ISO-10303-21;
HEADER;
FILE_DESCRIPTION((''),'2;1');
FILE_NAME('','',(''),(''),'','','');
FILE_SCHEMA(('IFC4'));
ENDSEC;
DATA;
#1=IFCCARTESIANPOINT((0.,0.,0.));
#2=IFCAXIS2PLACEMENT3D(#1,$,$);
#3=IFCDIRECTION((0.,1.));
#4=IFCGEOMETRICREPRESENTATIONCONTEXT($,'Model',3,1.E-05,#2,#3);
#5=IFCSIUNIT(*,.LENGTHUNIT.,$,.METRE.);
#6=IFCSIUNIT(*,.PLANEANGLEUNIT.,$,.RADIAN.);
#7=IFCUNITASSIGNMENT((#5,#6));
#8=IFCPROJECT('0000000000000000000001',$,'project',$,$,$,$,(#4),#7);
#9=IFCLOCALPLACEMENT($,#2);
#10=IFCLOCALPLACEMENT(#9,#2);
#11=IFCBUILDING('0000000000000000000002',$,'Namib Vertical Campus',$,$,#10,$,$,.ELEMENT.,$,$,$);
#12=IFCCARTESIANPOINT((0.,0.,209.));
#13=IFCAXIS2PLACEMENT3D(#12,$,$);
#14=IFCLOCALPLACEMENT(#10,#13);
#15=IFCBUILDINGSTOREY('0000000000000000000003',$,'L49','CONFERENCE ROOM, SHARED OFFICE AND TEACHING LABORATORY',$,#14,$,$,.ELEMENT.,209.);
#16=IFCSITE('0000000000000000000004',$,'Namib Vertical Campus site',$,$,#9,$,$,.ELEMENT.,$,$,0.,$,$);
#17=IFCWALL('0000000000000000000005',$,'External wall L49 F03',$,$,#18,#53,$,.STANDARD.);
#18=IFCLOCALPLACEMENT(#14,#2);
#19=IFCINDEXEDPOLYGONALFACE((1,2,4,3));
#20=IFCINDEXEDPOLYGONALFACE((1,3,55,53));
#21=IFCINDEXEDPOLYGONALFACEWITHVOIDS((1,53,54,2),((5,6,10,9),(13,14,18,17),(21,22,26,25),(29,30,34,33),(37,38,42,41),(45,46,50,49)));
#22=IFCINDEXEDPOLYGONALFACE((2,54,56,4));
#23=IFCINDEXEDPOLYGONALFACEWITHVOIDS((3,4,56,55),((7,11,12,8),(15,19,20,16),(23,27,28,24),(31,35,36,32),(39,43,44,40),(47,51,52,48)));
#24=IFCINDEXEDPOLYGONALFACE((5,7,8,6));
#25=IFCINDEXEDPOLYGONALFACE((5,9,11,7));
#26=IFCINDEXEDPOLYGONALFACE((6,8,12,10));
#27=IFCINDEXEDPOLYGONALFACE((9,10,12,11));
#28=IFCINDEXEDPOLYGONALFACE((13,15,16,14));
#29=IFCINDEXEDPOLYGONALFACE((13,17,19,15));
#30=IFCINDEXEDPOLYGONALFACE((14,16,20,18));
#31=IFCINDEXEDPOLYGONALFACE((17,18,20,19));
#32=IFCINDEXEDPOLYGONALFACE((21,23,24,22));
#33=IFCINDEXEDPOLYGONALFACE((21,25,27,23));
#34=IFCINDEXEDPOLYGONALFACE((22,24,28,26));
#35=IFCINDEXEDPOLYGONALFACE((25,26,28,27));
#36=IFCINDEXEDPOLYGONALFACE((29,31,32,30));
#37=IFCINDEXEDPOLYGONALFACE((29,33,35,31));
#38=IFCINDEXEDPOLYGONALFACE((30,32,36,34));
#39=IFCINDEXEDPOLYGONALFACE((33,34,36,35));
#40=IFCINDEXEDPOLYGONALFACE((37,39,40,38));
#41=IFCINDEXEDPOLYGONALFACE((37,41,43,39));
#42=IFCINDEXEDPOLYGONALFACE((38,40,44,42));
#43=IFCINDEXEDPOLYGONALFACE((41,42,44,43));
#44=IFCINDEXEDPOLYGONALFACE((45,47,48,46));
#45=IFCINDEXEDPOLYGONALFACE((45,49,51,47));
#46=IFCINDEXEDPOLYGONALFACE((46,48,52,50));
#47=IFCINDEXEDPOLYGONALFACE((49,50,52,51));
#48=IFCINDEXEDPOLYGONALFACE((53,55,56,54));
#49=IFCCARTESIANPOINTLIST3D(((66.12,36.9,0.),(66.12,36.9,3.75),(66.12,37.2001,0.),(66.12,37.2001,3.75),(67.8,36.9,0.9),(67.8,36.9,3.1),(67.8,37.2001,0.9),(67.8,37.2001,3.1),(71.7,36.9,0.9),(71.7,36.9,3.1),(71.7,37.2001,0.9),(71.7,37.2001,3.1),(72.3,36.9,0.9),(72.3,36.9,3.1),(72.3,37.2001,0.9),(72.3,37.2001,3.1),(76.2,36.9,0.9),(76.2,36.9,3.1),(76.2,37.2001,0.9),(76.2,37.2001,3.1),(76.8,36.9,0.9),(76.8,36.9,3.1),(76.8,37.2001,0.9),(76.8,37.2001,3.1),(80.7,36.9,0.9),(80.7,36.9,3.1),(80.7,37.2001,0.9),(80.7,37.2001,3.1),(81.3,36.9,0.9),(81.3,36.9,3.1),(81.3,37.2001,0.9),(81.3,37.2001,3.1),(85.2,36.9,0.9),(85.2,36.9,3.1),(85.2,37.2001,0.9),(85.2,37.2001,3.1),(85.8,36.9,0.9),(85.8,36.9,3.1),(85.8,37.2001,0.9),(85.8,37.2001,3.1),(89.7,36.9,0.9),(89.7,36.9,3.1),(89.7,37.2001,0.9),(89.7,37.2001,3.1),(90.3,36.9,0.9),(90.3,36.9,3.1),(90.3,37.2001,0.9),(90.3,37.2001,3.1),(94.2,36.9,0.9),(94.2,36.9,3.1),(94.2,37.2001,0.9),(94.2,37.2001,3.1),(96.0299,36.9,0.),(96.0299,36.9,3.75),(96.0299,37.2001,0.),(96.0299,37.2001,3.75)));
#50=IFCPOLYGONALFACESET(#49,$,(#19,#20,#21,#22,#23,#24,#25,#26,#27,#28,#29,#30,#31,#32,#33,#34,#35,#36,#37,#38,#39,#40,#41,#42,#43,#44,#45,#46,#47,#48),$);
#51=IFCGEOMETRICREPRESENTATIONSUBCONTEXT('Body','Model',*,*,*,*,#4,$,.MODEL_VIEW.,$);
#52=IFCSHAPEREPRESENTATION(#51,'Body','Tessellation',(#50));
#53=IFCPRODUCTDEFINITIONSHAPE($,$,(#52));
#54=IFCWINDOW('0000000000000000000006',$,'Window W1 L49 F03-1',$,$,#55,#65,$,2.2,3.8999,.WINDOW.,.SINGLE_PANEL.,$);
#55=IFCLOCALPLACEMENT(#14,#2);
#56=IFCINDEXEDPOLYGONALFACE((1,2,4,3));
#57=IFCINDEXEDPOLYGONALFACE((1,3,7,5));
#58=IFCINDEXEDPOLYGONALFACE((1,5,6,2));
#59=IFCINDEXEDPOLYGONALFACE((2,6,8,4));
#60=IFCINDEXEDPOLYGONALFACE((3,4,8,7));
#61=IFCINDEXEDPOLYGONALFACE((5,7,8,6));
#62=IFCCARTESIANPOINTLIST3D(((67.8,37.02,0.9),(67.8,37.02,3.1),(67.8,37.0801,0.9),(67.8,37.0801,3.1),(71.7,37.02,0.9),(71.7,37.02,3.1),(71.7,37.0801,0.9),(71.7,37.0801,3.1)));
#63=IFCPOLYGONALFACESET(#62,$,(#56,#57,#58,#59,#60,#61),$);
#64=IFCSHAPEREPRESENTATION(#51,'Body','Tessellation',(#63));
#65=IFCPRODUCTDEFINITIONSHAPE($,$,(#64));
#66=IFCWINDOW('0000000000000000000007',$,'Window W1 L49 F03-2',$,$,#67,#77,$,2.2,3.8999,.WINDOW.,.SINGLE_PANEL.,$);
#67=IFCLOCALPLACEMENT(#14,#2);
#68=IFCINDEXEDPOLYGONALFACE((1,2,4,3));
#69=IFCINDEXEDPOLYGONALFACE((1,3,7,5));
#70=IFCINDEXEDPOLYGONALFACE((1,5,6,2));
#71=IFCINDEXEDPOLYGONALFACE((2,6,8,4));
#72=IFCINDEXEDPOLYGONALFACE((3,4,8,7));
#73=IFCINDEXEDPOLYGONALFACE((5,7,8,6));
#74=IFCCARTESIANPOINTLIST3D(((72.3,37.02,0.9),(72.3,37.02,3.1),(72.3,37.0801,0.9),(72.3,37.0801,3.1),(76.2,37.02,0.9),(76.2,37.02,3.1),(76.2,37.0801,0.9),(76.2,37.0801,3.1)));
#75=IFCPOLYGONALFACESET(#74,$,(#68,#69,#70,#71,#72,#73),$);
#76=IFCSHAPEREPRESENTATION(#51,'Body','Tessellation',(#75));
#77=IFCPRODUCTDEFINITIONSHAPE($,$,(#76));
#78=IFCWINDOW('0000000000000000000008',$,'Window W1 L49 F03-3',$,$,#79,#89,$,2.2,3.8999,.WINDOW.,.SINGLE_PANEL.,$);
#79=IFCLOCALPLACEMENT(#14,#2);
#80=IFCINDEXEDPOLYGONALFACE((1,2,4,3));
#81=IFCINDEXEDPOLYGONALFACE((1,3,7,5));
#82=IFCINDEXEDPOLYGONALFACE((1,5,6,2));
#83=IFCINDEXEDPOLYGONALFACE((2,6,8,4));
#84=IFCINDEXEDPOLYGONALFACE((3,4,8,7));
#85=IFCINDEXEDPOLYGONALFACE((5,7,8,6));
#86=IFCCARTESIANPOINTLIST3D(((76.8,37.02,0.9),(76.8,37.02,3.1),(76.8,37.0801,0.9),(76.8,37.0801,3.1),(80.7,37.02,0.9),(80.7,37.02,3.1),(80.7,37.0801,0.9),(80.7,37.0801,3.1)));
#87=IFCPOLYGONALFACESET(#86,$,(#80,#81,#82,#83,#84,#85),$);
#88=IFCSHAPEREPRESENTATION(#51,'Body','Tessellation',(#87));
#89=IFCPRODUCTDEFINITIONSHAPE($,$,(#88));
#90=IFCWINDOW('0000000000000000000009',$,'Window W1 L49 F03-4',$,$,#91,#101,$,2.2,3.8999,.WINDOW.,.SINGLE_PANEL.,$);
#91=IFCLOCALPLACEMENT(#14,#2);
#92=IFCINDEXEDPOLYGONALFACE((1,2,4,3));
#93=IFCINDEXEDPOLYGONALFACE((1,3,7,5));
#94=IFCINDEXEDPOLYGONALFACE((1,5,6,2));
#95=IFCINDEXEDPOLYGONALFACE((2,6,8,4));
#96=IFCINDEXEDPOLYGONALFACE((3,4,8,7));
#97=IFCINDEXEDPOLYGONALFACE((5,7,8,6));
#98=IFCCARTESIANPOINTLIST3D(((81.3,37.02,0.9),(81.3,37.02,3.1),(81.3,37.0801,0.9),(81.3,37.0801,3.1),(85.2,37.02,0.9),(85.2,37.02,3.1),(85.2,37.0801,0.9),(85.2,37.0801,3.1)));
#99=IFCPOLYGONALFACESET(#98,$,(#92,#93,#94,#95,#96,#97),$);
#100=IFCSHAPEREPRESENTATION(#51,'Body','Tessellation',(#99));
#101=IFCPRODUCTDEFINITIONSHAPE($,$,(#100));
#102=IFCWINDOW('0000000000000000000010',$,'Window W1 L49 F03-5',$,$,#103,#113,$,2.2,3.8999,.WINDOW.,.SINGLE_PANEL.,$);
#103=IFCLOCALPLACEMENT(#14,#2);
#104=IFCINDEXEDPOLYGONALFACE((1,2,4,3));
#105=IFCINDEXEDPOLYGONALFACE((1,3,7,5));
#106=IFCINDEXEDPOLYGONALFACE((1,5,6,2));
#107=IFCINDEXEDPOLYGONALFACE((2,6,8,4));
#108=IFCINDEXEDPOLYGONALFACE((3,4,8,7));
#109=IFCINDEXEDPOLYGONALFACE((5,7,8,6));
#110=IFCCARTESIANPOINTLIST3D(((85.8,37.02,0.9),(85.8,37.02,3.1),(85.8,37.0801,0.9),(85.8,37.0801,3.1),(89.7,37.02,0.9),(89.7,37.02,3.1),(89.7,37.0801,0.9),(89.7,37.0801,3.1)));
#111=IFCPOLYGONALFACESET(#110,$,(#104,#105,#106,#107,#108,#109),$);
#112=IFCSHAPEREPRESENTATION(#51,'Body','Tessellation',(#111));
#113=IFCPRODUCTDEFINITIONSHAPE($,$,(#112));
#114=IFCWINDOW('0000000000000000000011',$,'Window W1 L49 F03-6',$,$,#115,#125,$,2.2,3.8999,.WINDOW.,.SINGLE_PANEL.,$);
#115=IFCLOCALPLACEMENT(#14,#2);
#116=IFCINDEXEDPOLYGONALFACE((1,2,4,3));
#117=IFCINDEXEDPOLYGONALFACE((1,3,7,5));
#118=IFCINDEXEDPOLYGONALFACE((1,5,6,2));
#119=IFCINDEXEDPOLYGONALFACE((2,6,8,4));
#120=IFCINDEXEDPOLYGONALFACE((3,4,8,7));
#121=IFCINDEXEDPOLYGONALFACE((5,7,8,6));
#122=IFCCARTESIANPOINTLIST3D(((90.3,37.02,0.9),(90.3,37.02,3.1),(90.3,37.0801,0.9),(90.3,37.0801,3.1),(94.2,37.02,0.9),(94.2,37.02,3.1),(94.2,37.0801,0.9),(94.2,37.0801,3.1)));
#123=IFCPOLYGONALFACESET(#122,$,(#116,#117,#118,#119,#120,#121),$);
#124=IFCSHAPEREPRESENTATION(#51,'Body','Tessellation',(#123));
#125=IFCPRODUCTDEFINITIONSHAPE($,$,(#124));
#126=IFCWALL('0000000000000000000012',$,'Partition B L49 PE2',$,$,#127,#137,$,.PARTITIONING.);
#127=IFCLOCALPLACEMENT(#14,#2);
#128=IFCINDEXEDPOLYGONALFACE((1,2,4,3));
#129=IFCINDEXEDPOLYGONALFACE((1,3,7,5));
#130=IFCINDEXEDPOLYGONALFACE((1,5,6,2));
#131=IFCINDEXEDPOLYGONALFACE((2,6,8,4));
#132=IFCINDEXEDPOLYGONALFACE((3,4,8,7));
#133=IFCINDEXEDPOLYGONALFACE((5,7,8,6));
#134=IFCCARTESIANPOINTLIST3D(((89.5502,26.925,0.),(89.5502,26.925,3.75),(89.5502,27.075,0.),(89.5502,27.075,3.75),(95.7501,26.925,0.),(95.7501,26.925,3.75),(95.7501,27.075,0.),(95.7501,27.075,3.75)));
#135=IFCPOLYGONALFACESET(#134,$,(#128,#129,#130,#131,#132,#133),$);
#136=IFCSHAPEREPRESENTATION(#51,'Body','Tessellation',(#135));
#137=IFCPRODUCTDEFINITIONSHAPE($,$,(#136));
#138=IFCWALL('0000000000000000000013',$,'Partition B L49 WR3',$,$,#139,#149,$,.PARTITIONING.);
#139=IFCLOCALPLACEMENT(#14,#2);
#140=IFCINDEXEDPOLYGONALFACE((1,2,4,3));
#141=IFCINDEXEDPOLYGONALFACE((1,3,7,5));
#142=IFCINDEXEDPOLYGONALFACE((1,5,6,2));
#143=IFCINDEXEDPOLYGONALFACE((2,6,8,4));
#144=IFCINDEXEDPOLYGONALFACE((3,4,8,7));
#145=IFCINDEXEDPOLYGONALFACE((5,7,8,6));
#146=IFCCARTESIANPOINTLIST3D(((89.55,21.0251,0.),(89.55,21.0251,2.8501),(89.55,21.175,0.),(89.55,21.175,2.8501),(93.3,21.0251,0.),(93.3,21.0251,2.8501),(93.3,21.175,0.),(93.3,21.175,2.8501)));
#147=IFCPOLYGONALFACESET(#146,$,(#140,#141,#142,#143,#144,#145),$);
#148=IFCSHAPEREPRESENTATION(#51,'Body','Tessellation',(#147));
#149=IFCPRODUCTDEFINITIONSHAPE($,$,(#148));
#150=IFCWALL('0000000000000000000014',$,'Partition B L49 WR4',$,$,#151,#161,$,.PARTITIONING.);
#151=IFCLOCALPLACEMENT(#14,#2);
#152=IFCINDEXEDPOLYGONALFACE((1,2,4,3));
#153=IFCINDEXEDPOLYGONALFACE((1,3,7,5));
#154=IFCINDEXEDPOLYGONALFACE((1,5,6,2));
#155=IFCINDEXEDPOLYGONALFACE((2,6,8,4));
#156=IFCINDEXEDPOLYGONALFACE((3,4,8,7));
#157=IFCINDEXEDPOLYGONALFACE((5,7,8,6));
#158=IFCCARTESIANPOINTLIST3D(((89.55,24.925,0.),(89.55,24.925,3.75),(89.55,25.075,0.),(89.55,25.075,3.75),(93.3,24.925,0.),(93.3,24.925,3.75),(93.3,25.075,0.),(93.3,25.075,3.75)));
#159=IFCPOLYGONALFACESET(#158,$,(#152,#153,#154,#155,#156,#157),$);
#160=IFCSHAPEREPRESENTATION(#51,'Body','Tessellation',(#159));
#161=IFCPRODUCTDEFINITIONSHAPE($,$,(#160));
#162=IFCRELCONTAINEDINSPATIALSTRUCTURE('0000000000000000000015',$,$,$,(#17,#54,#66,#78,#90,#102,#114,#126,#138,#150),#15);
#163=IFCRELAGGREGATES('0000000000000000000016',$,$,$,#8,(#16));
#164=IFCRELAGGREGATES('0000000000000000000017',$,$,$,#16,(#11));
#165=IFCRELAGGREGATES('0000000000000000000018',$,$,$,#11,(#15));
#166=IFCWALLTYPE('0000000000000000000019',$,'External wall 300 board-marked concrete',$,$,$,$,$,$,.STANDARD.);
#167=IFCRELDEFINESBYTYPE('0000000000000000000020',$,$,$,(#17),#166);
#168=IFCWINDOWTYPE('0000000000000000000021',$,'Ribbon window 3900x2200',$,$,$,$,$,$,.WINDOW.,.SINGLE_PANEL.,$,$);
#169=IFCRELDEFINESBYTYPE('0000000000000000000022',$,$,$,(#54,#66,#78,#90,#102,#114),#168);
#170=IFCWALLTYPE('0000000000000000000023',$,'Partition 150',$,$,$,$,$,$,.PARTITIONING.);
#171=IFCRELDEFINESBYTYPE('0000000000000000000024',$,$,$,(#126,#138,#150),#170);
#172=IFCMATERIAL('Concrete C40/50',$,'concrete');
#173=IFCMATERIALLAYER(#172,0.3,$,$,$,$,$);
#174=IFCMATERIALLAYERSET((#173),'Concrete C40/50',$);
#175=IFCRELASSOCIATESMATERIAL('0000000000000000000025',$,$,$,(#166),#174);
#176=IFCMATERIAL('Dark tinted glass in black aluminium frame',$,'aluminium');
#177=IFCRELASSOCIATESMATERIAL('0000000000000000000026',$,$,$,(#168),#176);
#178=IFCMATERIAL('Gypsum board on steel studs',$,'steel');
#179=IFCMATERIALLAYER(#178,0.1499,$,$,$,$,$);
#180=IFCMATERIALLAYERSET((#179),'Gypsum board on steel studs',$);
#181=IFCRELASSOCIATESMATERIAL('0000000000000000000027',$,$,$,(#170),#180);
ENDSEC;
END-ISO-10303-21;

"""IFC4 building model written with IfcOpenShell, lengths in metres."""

from ifc_helpers import new_model, si_unit, direction, frame, frame_2d, origin, place, context, subcontext, project, spatial, rectangle, extrude, material, layer, layer_set, type_object, element, fill, save


model = new_model("IFC4")

# Units and contexts
model_context = context("Model", 3, precision=1e-05, world=origin(), true_north=direction((0.0, 1.0)))
body_context = subcontext(model_context, "Body", "Model", "MODEL_VIEW")
ifc_project = project(units=[si_unit("LENGTHUNIT", "METRE"), si_unit("PLANEANGLEUNIT", "RADIAN")], contexts=[model_context])

# Site, building, storey
site_placement = place(None, origin())
site = spatial("IfcSite", under=ifc_project, at=site_placement, Name="Namib Vertical Campus site", CompositionType="ELEMENT", RefElevation=0.0)
building_placement = place(site_placement, origin())
building = spatial("IfcBuilding", under=site, at=building_placement, Name="Namib Vertical Campus", CompositionType="ELEMENT")
storey_placement = place(building_placement, frame((0.0, 0.0, 209.0)))
storey = spatial("IfcBuildingStorey", under=building, at=storey_placement, Name="L49", Description="CONFERENCE ROOM, SHARED OFFICE AND TEACHING LABORATORY", CompositionType="ELEMENT", Elevation=209.0)

# Wall, openings, windows
ifc_material_1 = material(Name="Concrete C40/50", Category="concrete")
ifc_layer_1 = layer(ifc_material_1, 0.3)
ifc_layer_set_1 = layer_set([ifc_layer_1], Name="Concrete C40/50")
wall_type_1 = type_object("IfcWallType", Name="External wall 300 board-marked concrete", PredefinedType="STANDARD", material=ifc_layer_set_1)
wall_1_placement = place(storey_placement, frame((96.03, 37.05, 0.0), z_axis=(0.0, 0.0, 1.0), x_axis=(-1.0, 0.0, 0.0)))
wall_1 = element("IfcWall", 1, at=wall_1_placement, inside=storey, type_object=wall_type_1, Name="External wall L49 F03", PredefinedType="STANDARD", context=body_context, shape_type="SweptSolid", body=[
    extrude(rectangle(XDim=29.9099, YDim=0.3, at=frame_2d((14.9551, 0.0))), origin(), (0.0, 0.0, 1.0), 3.75),
])
opening_1_placement = place(wall_1_placement, frame((24.3301, 0.0, 0.8999)))
opening_1 = element("IfcOpeningElement", 2, at=opening_1_placement, cuts=wall_1, PredefinedType="OPENING", context=body_context, shape_type="SweptSolid", body=[
    extrude(rectangle(XDim=3.8999, YDim=2.2, at=frame_2d((1.95, 1.1001))), frame((0.0, 0.1599, 0.0), z_axis=(0.0, -1.0, 0.0), x_axis=(1.0, 0.0, 0.0)), (0.0, 0.0, 1.0), 0.3201),
])
opening_2_placement = place(wall_1_placement, frame((19.8301, 0.0, 0.8999)))
opening_2 = element("IfcOpeningElement", 3, at=opening_2_placement, cuts=wall_1, PredefinedType="OPENING", context=body_context, shape_type="SweptSolid", body=[
    extrude(rectangle(XDim=3.8999, YDim=2.2, at=frame_2d((1.95, 1.1001))), frame((0.0, 0.1599, 0.0), z_axis=(0.0, -1.0, 0.0), x_axis=(1.0, 0.0, 0.0)), (0.0, 0.0, 1.0), 0.3201),
])
opening_3_placement = place(wall_1_placement, frame((15.3301, 0.0, 0.8999)))
opening_3 = element("IfcOpeningElement", 4, at=opening_3_placement, cuts=wall_1, PredefinedType="OPENING", context=body_context, shape_type="SweptSolid", body=[
    extrude(rectangle(XDim=3.8999, YDim=2.2, at=frame_2d((1.95, 1.1001))), frame((0.0, 0.1599, 0.0), z_axis=(0.0, -1.0, 0.0), x_axis=(1.0, 0.0, 0.0)), (0.0, 0.0, 1.0), 0.3201),
])
opening_4_placement = place(wall_1_placement, frame((10.8301, 0.0, 0.8999)))
opening_4 = element("IfcOpeningElement", 5, at=opening_4_placement, cuts=wall_1, PredefinedType="OPENING", context=body_context, shape_type="SweptSolid", body=[
    extrude(rectangle(XDim=3.8999, YDim=2.2, at=frame_2d((1.95, 1.1001))), frame((0.0, 0.1599, 0.0), z_axis=(0.0, -1.0, 0.0), x_axis=(1.0, 0.0, 0.0)), (0.0, 0.0, 1.0), 0.3201),
])
opening_5_placement = place(wall_1_placement, frame((6.3301, 0.0, 0.8999)))
opening_5 = element("IfcOpeningElement", 6, at=opening_5_placement, cuts=wall_1, PredefinedType="OPENING", context=body_context, shape_type="SweptSolid", body=[
    extrude(rectangle(XDim=3.8999, YDim=2.2, at=frame_2d((1.95, 1.1001))), frame((0.0, 0.1599, 0.0), z_axis=(0.0, -1.0, 0.0), x_axis=(1.0, 0.0, 0.0)), (0.0, 0.0, 1.0), 0.3201),
])
opening_6_placement = place(wall_1_placement, frame((1.8301, 0.0, 0.8999)))
opening_6 = element("IfcOpeningElement", 7, at=opening_6_placement, cuts=wall_1, PredefinedType="OPENING", context=body_context, shape_type="SweptSolid", body=[
    extrude(rectangle(XDim=3.8999, YDim=2.2, at=frame_2d((1.95, 1.1001))), frame((0.0, 0.1599, 0.0), z_axis=(0.0, -1.0, 0.0), x_axis=(1.0, 0.0, 0.0)), (0.0, 0.0, 1.0), 0.3201),
])
ifc_material_2 = material(Name="Dark tinted glass in black aluminium frame", Category="aluminium")
window_type = type_object("IfcWindowType", Name="Ribbon window 3900x2200", PartitioningType="SINGLE_PANEL", PredefinedType="WINDOW", material=ifc_material_2)
window_1_placement = place(opening_1_placement, origin())
window_1 = element("IfcWindow", 8, at=window_1_placement, inside=storey, type_object=window_type, Name="Window W1 L49 F03-1", OverallHeight=2.2, OverallWidth=3.8999, PartitioningType="SINGLE_PANEL", PredefinedType="WINDOW", context=body_context, shape_type="SweptSolid", body=[
    extrude(rectangle(XDim=3.8999, YDim=2.2, at=frame_2d((1.95, 1.1001))), frame((0.0, 0.03, 0.0), z_axis=(0.0, -1.0, 0.0), x_axis=(1.0, 0.0, 0.0)), (0.0, 0.0, 1.0), 0.0601),
])
fill(opening_1, window_1)
window_2_placement = place(opening_2_placement, origin())
window_2 = element("IfcWindow", 9, at=window_2_placement, inside=storey, type_object=window_type, Name="Window W1 L49 F03-2", OverallHeight=2.2, OverallWidth=3.8999, PartitioningType="SINGLE_PANEL", PredefinedType="WINDOW", context=body_context, shape_type="SweptSolid", body=[
    extrude(rectangle(XDim=3.8999, YDim=2.2, at=frame_2d((1.95, 1.1001))), frame((0.0, 0.03, 0.0), z_axis=(0.0, -1.0, 0.0), x_axis=(1.0, 0.0, 0.0)), (0.0, 0.0, 1.0), 0.0601),
])
fill(opening_2, window_2)
window_3_placement = place(opening_3_placement, origin())
window_3 = element("IfcWindow", 10, at=window_3_placement, inside=storey, type_object=window_type, Name="Window W1 L49 F03-3", OverallHeight=2.2, OverallWidth=3.8999, PartitioningType="SINGLE_PANEL", PredefinedType="WINDOW", context=body_context, shape_type="SweptSolid", body=[
    extrude(rectangle(XDim=3.8999, YDim=2.2, at=frame_2d((1.95, 1.1001))), frame((0.0, 0.03, 0.0), z_axis=(0.0, -1.0, 0.0), x_axis=(1.0, 0.0, 0.0)), (0.0, 0.0, 1.0), 0.0601),
])
fill(opening_3, window_3)
window_4_placement = place(opening_4_placement, origin())
window_4 = element("IfcWindow", 11, at=window_4_placement, inside=storey, type_object=window_type, Name="Window W1 L49 F03-4", OverallHeight=2.2, OverallWidth=3.8999, PartitioningType="SINGLE_PANEL", PredefinedType="WINDOW", context=body_context, shape_type="SweptSolid", body=[
    extrude(rectangle(XDim=3.8999, YDim=2.2, at=frame_2d((1.95, 1.1001))), frame((0.0, 0.03, 0.0), z_axis=(0.0, -1.0, 0.0), x_axis=(1.0, 0.0, 0.0)), (0.0, 0.0, 1.0), 0.0601),
])
fill(opening_4, window_4)
window_5_placement = place(opening_5_placement, origin())
window_5 = element("IfcWindow", 12, at=window_5_placement, inside=storey, type_object=window_type, Name="Window W1 L49 F03-5", OverallHeight=2.2, OverallWidth=3.8999, PartitioningType="SINGLE_PANEL", PredefinedType="WINDOW", context=body_context, shape_type="SweptSolid", body=[
    extrude(rectangle(XDim=3.8999, YDim=2.2, at=frame_2d((1.95, 1.1001))), frame((0.0, 0.03, 0.0), z_axis=(0.0, -1.0, 0.0), x_axis=(1.0, 0.0, 0.0)), (0.0, 0.0, 1.0), 0.0601),
])
fill(opening_5, window_5)
window_6_placement = place(opening_6_placement, origin())
window_6 = element("IfcWindow", 13, at=window_6_placement, inside=storey, type_object=window_type, Name="Window W1 L49 F03-6", OverallHeight=2.2, OverallWidth=3.8999, PartitioningType="SINGLE_PANEL", PredefinedType="WINDOW", context=body_context, shape_type="SweptSolid", body=[
    extrude(rectangle(XDim=3.8999, YDim=2.2, at=frame_2d((1.95, 1.1001))), frame((0.0, 0.03, 0.0), z_axis=(0.0, -1.0, 0.0), x_axis=(1.0, 0.0, 0.0)), (0.0, 0.0, 1.0), 0.0601),
])
fill(opening_6, window_6)

# Walls
ifc_material_3 = material(Name="Gypsum board on steel studs", Category="steel")
ifc_layer_2 = layer(ifc_material_3, 0.1499)
ifc_layer_set_2 = layer_set([ifc_layer_2], Name="Gypsum board on steel studs")
wall_type_2 = type_object("IfcWallType", Name="Partition 150", PredefinedType="PARTITIONING", material=ifc_layer_set_2)
wall_2_placement = place(storey_placement, frame((89.55, 27.0, 0.0), z_axis=(0.0, 0.0, 1.0), x_axis=(1.0, 0.0, 0.0)))
element("IfcWall", 14, at=wall_2_placement, inside=storey, type_object=wall_type_2, Name="Partition B L49 PE2", PredefinedType="PARTITIONING", context=body_context, shape_type="SweptSolid", body=[
    extrude(rectangle(XDim=6.2, YDim=0.1499, at=frame_2d((3.1001, 0.0))), origin(), (0.0, 0.0, 1.0), 3.75),
])
wall_3_placement = place(storey_placement, frame((89.55, 21.1001, 0.0), z_axis=(0.0, 0.0, 1.0), x_axis=(1.0, 0.0, 0.0)))
element("IfcWall", 15, at=wall_3_placement, inside=storey, type_object=wall_type_2, Name="Partition B L49 WR3", PredefinedType="PARTITIONING", context=body_context, shape_type="SweptSolid", body=[
    extrude(rectangle(XDim=3.75, YDim=0.1499, at=frame_2d((1.875, 0.0))), origin(), (0.0, 0.0, 1.0), 2.8501),
])
wall_4_placement = place(storey_placement, frame((89.55, 25.0, 0.0), z_axis=(0.0, 0.0, 1.0), x_axis=(1.0, 0.0, 0.0)))
element("IfcWall", 16, at=wall_4_placement, inside=storey, type_object=wall_type_2, Name="Partition B L49 WR4", PredefinedType="PARTITIONING", context=body_context, shape_type="SweptSolid", body=[
    extrude(rectangle(XDim=3.75, YDim=0.1499, at=frame_2d((1.875, 0.0))), origin(), (0.0, 0.0, 1.0), 3.75),
])

save(model, "model.ifc")
